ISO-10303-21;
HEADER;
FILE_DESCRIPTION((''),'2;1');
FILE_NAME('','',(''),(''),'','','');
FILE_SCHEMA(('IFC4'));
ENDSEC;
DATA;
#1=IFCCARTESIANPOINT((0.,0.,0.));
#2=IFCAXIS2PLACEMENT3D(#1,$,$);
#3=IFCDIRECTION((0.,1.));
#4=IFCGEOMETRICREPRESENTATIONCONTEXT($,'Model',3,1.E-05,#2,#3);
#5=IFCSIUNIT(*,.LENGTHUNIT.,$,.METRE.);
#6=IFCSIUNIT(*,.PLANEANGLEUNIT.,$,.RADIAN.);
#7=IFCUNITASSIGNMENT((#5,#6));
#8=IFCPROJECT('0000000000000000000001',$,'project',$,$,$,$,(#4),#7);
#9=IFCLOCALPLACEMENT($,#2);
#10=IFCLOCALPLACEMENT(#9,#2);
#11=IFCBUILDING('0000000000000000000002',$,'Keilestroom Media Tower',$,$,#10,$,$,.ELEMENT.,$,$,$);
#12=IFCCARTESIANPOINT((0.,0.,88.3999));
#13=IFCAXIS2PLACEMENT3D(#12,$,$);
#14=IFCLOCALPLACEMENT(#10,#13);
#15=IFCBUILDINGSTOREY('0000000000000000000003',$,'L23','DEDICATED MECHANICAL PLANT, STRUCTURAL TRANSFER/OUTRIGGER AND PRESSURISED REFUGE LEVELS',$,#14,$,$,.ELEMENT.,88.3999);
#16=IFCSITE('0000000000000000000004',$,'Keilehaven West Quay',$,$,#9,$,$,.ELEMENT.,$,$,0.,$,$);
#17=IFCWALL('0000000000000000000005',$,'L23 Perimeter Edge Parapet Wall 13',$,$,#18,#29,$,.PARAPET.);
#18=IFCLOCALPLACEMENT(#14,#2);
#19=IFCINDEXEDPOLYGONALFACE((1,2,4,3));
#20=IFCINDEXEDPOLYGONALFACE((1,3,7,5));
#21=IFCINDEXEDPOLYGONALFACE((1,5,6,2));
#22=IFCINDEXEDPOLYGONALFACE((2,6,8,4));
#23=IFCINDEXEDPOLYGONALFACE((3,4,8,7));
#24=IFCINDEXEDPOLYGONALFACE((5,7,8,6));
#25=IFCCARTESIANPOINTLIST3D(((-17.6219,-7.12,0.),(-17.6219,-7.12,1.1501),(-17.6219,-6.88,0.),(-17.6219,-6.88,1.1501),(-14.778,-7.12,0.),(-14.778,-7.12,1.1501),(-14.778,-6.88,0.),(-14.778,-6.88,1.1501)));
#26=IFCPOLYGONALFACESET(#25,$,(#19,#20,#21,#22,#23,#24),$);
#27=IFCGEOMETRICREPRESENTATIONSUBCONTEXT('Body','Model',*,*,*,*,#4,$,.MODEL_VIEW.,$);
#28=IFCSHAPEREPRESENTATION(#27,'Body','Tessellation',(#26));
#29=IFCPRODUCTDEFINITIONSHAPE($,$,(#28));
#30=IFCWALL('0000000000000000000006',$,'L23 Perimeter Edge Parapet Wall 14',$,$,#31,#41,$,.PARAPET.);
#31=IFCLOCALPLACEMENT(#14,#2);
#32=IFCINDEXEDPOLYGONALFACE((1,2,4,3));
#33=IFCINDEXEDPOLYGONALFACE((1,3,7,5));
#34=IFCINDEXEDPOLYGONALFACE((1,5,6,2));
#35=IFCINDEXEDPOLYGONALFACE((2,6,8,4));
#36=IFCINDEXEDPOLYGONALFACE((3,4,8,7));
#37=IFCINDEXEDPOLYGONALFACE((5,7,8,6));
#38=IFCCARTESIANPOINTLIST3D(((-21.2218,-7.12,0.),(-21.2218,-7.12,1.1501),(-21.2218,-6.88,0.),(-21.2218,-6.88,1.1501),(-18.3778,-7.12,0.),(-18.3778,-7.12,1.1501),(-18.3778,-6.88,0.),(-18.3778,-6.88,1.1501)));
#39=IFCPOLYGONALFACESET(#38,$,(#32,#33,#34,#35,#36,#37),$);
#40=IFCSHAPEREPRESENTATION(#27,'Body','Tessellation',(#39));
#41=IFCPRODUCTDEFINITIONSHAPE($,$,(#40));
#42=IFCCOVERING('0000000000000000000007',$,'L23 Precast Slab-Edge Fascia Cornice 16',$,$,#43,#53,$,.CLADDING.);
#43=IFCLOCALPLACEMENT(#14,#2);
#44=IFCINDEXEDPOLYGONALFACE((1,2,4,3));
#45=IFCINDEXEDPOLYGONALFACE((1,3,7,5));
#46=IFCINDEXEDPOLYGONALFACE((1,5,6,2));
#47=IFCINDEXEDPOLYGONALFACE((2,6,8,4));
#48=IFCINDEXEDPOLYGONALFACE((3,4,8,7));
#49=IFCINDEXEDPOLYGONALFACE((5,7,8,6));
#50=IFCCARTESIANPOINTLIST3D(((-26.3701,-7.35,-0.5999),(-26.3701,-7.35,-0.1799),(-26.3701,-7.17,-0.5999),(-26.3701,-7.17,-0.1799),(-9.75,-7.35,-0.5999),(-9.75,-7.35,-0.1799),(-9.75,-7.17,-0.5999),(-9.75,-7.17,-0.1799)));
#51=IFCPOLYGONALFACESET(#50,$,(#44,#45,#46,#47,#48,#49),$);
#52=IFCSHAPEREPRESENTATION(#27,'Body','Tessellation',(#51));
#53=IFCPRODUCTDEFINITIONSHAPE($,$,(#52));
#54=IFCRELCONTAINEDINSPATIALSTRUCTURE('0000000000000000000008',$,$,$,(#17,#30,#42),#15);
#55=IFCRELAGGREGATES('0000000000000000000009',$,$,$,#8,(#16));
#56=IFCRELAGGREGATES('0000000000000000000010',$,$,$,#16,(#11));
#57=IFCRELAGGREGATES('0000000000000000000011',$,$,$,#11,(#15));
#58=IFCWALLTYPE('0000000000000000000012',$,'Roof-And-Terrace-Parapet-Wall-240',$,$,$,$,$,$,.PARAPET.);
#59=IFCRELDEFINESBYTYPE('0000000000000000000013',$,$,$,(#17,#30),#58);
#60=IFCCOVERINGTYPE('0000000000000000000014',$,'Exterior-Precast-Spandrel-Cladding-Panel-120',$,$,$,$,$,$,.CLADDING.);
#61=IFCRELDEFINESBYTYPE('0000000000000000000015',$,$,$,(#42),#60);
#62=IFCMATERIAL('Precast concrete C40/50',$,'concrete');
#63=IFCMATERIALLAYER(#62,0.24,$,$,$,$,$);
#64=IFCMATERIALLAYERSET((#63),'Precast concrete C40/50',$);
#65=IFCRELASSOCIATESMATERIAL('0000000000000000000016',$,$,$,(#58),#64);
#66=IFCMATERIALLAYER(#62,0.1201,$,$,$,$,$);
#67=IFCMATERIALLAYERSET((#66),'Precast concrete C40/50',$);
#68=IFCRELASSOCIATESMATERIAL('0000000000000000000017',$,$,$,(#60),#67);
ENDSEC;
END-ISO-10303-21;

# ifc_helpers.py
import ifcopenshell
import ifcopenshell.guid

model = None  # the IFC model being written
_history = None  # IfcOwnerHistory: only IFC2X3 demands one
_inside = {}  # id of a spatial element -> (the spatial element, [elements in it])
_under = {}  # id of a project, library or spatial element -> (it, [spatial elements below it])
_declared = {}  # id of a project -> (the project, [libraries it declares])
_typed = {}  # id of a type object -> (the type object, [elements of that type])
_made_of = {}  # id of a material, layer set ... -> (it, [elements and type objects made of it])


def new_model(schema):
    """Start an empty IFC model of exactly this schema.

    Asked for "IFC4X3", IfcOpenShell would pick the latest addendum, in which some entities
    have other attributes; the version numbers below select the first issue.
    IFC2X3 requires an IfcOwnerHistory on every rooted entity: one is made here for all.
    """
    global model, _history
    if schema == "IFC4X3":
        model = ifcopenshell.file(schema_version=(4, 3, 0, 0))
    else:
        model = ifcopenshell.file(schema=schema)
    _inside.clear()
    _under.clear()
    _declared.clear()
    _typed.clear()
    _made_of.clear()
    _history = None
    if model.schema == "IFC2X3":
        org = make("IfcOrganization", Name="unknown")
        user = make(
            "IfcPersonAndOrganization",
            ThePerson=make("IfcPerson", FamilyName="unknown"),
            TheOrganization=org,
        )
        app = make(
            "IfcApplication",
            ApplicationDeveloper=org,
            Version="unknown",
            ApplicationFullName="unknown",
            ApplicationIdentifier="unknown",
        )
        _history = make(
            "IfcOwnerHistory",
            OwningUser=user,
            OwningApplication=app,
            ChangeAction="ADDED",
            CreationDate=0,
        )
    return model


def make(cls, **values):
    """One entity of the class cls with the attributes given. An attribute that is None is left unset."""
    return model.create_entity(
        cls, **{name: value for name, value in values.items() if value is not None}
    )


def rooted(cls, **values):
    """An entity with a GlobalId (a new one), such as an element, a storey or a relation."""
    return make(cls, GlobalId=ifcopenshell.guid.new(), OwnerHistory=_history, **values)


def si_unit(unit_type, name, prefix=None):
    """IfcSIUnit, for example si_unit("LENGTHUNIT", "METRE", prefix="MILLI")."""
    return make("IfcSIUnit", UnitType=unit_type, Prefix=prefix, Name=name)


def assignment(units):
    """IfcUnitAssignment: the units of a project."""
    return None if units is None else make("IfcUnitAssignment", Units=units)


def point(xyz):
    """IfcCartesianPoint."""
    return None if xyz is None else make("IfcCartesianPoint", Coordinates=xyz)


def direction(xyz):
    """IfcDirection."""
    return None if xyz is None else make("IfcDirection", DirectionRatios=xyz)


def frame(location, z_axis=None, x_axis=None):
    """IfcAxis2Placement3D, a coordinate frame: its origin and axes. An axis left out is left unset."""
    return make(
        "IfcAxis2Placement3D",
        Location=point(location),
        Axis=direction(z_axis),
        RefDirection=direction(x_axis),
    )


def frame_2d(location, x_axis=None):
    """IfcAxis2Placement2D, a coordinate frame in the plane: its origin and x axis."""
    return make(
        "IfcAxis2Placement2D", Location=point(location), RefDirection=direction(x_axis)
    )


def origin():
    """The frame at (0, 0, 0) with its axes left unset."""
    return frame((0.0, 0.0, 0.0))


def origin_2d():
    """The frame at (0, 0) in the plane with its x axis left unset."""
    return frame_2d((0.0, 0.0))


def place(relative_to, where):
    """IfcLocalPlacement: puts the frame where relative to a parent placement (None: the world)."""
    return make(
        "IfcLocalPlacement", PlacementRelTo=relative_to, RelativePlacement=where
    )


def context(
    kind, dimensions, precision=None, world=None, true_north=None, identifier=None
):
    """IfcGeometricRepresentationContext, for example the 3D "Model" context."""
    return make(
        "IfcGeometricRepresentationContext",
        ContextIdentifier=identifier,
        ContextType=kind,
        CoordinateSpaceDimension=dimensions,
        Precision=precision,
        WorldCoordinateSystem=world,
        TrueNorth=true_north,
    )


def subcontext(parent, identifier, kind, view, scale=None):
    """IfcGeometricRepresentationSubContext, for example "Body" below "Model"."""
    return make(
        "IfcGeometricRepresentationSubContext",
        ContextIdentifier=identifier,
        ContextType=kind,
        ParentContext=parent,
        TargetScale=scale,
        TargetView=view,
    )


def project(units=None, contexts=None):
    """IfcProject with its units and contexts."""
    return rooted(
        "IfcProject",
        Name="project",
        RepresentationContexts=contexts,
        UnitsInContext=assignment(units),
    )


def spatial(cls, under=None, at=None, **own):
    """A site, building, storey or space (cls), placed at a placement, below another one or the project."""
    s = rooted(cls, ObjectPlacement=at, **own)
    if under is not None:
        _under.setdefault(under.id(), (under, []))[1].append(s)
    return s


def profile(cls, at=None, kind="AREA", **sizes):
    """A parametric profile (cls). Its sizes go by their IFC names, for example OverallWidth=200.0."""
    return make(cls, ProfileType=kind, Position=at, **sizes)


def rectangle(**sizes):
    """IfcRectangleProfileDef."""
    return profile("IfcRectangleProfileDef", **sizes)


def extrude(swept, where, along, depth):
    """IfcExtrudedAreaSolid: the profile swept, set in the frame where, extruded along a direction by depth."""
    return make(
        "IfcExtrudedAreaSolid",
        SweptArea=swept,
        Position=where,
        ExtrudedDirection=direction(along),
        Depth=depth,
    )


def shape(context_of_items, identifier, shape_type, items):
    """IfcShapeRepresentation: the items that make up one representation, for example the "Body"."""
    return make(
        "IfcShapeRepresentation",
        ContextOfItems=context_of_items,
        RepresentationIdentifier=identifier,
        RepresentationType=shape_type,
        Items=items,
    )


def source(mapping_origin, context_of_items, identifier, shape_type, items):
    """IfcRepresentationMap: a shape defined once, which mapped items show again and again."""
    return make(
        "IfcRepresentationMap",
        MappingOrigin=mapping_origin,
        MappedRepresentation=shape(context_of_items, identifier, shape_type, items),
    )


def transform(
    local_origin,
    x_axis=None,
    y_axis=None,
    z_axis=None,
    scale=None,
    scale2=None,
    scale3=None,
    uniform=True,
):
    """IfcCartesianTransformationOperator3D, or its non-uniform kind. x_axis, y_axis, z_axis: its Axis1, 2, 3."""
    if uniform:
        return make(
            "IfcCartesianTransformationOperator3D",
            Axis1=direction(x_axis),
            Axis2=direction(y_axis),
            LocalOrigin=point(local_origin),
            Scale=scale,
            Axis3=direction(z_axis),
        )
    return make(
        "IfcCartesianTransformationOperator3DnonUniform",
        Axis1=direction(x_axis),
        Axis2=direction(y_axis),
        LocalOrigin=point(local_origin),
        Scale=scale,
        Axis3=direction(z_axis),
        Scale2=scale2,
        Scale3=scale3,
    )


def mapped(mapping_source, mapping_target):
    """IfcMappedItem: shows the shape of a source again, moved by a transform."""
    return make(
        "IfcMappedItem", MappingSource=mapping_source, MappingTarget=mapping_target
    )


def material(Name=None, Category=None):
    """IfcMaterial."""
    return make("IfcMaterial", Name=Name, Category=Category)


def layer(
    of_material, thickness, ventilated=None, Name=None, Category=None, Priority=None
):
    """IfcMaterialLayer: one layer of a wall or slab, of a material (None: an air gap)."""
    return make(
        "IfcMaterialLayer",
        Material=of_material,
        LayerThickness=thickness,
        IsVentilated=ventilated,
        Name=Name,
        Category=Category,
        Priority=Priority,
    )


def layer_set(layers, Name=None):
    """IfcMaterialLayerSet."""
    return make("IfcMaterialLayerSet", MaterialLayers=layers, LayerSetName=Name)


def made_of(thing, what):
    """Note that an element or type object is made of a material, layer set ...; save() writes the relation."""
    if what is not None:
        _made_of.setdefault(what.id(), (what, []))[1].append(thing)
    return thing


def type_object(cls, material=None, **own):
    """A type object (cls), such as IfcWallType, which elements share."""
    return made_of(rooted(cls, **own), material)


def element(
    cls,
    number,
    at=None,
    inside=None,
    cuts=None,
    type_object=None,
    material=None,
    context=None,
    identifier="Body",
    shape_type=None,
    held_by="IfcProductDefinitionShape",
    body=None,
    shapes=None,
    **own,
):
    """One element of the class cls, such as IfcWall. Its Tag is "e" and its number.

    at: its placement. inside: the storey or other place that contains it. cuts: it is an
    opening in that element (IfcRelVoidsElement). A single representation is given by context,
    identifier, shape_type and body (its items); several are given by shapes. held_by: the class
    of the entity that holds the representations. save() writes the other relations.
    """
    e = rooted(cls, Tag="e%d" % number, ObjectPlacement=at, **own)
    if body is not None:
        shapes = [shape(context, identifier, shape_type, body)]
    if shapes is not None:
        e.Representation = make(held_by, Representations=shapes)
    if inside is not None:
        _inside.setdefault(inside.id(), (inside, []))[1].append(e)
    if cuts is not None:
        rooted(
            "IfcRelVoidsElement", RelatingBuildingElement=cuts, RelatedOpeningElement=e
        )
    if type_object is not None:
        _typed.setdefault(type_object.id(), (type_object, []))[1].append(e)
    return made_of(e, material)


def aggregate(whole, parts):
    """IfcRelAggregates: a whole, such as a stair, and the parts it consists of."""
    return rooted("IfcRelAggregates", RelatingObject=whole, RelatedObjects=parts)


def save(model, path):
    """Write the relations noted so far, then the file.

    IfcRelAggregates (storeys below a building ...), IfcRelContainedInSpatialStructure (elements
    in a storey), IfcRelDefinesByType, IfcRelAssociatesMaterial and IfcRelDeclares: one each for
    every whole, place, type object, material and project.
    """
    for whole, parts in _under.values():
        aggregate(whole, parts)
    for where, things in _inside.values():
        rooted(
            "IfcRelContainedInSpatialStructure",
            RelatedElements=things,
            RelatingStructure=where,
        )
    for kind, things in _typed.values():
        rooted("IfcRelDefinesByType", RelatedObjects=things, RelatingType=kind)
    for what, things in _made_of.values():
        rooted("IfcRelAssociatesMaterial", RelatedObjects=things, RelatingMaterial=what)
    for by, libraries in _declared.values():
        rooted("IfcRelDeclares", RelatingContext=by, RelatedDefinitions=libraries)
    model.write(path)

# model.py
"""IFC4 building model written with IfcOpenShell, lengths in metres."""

from ifc_helpers import new_model, si_unit, direction, frame, frame_2d, origin, origin_2d, place, context, subcontext, project, spatial, rectangle, extrude, source, transform, mapped, material, layer, layer_set, type_object, element, save


model = new_model("IFC4")

# Units and contexts
model_context = context("Model", 3, precision=1e-05, world=origin(), true_north=direction((0.0, 1.0)))
body_context = subcontext(model_context, "Body", "Model", "MODEL_VIEW")
ifc_project = project(units=[si_unit("LENGTHUNIT", "METRE"), si_unit("PLANEANGLEUNIT", "RADIAN")], contexts=[model_context])

# Site, building, storey
site_placement = place(None, origin())
site = spatial("IfcSite", under=ifc_project, at=site_placement, Name="Keilehaven West Quay", CompositionType="ELEMENT", RefElevation=0.0)
building_placement = place(site_placement, origin())
building = spatial("IfcBuilding", under=site, at=building_placement, Name="Keilestroom Media Tower", CompositionType="ELEMENT")
storey_placement = place(building_placement, frame((0.0, 0.0, 88.3999)))
storey = spatial("IfcBuildingStorey", under=building, at=storey_placement, Name="L23", Description="DEDICATED MECHANICAL PLANT, STRUCTURAL TRANSFER/OUTRIGGER AND PRESSURISED REFUGE LEVELS", CompositionType="ELEMENT", Elevation=88.3999)

# Shared definitions
ifc_material_1 = material(Name="Precast concrete C40/50", Category="concrete")

# Walls
ifc_layer_1 = layer(ifc_material_1, 0.24)
ifc_layer_set_1 = layer_set([ifc_layer_1], Name="Precast concrete C40/50")
wall_type_1 = type_object("IfcWallType", Name="Roof-And-Terrace-Parapet-Wall-240", PredefinedType="PARAPET", material=ifc_layer_set_1)
for number, where, z_axis, x_axis, name in (
    (1, (-14.7781, -7.0, 0.0), (0.0, 0.0, 1.0), (-1.0, 0.0, 0.0), "L23 Perimeter Edge Parapet Wall 13"),
    (2, (-18.3779, -7.0, 0.0), (0.0, 0.0, 1.0), (-1.0, 0.0, 0.0), "L23 Perimeter Edge Parapet Wall 14"),
):
    element("IfcWall", number, at=place(storey_placement, frame(where, z_axis=z_axis, x_axis=x_axis)), inside=storey, type_object=wall_type_1, Name=name, PredefinedType="PARAPET", context=body_context, shape_type="SweptSolid", body=[
        extrude(rectangle(XDim=2.844, YDim=0.24, at=frame_2d((1.4219, 0.0))), origin(), (0.0, 0.0, 1.0), 1.1501),
    ])

# Covering
ifc_layer_2 = layer(ifc_material_1, 0.1201)
ifc_layer_set_2 = layer_set([ifc_layer_2], Name="Precast concrete C40/50")
covering_type = type_object("IfcCoveringType", Name="Exterior-Precast-Spandrel-Cladding-Panel-120", PredefinedType="CLADDING", material=ifc_layer_set_2)
shared_shape_1 = source(origin(), body_context, "Body", "SweptSolid", [
    extrude(rectangle(XDim=16.6201, YDim=0.1799, at=origin_2d()), origin(), (0.0, 0.0, 1.0), 0.4199),
])
covering_placement = place(storey_placement, frame((-18.0601, -7.26, -0.5999), z_axis=(0.0, 0.0, 1.0), x_axis=(-1.0, 0.0, 0.0)))
element("IfcCovering", 3, at=covering_placement, inside=storey, type_object=covering_type, Name="L23 Precast Slab-Edge Fascia Cornice 16", PredefinedType="CLADDING", context=body_context, shape_type="MappedRepresentation", body=[
    mapped(shared_shape_1, transform((0.0, 0.0, 0.0), x_axis=(1.0, 0.0, 0.0), y_axis=(0.0, 1.0, 0.0), z_axis=(0.0, 0.0, 1.0), scale=1.0)),
])

save(model, "model.ifc")
